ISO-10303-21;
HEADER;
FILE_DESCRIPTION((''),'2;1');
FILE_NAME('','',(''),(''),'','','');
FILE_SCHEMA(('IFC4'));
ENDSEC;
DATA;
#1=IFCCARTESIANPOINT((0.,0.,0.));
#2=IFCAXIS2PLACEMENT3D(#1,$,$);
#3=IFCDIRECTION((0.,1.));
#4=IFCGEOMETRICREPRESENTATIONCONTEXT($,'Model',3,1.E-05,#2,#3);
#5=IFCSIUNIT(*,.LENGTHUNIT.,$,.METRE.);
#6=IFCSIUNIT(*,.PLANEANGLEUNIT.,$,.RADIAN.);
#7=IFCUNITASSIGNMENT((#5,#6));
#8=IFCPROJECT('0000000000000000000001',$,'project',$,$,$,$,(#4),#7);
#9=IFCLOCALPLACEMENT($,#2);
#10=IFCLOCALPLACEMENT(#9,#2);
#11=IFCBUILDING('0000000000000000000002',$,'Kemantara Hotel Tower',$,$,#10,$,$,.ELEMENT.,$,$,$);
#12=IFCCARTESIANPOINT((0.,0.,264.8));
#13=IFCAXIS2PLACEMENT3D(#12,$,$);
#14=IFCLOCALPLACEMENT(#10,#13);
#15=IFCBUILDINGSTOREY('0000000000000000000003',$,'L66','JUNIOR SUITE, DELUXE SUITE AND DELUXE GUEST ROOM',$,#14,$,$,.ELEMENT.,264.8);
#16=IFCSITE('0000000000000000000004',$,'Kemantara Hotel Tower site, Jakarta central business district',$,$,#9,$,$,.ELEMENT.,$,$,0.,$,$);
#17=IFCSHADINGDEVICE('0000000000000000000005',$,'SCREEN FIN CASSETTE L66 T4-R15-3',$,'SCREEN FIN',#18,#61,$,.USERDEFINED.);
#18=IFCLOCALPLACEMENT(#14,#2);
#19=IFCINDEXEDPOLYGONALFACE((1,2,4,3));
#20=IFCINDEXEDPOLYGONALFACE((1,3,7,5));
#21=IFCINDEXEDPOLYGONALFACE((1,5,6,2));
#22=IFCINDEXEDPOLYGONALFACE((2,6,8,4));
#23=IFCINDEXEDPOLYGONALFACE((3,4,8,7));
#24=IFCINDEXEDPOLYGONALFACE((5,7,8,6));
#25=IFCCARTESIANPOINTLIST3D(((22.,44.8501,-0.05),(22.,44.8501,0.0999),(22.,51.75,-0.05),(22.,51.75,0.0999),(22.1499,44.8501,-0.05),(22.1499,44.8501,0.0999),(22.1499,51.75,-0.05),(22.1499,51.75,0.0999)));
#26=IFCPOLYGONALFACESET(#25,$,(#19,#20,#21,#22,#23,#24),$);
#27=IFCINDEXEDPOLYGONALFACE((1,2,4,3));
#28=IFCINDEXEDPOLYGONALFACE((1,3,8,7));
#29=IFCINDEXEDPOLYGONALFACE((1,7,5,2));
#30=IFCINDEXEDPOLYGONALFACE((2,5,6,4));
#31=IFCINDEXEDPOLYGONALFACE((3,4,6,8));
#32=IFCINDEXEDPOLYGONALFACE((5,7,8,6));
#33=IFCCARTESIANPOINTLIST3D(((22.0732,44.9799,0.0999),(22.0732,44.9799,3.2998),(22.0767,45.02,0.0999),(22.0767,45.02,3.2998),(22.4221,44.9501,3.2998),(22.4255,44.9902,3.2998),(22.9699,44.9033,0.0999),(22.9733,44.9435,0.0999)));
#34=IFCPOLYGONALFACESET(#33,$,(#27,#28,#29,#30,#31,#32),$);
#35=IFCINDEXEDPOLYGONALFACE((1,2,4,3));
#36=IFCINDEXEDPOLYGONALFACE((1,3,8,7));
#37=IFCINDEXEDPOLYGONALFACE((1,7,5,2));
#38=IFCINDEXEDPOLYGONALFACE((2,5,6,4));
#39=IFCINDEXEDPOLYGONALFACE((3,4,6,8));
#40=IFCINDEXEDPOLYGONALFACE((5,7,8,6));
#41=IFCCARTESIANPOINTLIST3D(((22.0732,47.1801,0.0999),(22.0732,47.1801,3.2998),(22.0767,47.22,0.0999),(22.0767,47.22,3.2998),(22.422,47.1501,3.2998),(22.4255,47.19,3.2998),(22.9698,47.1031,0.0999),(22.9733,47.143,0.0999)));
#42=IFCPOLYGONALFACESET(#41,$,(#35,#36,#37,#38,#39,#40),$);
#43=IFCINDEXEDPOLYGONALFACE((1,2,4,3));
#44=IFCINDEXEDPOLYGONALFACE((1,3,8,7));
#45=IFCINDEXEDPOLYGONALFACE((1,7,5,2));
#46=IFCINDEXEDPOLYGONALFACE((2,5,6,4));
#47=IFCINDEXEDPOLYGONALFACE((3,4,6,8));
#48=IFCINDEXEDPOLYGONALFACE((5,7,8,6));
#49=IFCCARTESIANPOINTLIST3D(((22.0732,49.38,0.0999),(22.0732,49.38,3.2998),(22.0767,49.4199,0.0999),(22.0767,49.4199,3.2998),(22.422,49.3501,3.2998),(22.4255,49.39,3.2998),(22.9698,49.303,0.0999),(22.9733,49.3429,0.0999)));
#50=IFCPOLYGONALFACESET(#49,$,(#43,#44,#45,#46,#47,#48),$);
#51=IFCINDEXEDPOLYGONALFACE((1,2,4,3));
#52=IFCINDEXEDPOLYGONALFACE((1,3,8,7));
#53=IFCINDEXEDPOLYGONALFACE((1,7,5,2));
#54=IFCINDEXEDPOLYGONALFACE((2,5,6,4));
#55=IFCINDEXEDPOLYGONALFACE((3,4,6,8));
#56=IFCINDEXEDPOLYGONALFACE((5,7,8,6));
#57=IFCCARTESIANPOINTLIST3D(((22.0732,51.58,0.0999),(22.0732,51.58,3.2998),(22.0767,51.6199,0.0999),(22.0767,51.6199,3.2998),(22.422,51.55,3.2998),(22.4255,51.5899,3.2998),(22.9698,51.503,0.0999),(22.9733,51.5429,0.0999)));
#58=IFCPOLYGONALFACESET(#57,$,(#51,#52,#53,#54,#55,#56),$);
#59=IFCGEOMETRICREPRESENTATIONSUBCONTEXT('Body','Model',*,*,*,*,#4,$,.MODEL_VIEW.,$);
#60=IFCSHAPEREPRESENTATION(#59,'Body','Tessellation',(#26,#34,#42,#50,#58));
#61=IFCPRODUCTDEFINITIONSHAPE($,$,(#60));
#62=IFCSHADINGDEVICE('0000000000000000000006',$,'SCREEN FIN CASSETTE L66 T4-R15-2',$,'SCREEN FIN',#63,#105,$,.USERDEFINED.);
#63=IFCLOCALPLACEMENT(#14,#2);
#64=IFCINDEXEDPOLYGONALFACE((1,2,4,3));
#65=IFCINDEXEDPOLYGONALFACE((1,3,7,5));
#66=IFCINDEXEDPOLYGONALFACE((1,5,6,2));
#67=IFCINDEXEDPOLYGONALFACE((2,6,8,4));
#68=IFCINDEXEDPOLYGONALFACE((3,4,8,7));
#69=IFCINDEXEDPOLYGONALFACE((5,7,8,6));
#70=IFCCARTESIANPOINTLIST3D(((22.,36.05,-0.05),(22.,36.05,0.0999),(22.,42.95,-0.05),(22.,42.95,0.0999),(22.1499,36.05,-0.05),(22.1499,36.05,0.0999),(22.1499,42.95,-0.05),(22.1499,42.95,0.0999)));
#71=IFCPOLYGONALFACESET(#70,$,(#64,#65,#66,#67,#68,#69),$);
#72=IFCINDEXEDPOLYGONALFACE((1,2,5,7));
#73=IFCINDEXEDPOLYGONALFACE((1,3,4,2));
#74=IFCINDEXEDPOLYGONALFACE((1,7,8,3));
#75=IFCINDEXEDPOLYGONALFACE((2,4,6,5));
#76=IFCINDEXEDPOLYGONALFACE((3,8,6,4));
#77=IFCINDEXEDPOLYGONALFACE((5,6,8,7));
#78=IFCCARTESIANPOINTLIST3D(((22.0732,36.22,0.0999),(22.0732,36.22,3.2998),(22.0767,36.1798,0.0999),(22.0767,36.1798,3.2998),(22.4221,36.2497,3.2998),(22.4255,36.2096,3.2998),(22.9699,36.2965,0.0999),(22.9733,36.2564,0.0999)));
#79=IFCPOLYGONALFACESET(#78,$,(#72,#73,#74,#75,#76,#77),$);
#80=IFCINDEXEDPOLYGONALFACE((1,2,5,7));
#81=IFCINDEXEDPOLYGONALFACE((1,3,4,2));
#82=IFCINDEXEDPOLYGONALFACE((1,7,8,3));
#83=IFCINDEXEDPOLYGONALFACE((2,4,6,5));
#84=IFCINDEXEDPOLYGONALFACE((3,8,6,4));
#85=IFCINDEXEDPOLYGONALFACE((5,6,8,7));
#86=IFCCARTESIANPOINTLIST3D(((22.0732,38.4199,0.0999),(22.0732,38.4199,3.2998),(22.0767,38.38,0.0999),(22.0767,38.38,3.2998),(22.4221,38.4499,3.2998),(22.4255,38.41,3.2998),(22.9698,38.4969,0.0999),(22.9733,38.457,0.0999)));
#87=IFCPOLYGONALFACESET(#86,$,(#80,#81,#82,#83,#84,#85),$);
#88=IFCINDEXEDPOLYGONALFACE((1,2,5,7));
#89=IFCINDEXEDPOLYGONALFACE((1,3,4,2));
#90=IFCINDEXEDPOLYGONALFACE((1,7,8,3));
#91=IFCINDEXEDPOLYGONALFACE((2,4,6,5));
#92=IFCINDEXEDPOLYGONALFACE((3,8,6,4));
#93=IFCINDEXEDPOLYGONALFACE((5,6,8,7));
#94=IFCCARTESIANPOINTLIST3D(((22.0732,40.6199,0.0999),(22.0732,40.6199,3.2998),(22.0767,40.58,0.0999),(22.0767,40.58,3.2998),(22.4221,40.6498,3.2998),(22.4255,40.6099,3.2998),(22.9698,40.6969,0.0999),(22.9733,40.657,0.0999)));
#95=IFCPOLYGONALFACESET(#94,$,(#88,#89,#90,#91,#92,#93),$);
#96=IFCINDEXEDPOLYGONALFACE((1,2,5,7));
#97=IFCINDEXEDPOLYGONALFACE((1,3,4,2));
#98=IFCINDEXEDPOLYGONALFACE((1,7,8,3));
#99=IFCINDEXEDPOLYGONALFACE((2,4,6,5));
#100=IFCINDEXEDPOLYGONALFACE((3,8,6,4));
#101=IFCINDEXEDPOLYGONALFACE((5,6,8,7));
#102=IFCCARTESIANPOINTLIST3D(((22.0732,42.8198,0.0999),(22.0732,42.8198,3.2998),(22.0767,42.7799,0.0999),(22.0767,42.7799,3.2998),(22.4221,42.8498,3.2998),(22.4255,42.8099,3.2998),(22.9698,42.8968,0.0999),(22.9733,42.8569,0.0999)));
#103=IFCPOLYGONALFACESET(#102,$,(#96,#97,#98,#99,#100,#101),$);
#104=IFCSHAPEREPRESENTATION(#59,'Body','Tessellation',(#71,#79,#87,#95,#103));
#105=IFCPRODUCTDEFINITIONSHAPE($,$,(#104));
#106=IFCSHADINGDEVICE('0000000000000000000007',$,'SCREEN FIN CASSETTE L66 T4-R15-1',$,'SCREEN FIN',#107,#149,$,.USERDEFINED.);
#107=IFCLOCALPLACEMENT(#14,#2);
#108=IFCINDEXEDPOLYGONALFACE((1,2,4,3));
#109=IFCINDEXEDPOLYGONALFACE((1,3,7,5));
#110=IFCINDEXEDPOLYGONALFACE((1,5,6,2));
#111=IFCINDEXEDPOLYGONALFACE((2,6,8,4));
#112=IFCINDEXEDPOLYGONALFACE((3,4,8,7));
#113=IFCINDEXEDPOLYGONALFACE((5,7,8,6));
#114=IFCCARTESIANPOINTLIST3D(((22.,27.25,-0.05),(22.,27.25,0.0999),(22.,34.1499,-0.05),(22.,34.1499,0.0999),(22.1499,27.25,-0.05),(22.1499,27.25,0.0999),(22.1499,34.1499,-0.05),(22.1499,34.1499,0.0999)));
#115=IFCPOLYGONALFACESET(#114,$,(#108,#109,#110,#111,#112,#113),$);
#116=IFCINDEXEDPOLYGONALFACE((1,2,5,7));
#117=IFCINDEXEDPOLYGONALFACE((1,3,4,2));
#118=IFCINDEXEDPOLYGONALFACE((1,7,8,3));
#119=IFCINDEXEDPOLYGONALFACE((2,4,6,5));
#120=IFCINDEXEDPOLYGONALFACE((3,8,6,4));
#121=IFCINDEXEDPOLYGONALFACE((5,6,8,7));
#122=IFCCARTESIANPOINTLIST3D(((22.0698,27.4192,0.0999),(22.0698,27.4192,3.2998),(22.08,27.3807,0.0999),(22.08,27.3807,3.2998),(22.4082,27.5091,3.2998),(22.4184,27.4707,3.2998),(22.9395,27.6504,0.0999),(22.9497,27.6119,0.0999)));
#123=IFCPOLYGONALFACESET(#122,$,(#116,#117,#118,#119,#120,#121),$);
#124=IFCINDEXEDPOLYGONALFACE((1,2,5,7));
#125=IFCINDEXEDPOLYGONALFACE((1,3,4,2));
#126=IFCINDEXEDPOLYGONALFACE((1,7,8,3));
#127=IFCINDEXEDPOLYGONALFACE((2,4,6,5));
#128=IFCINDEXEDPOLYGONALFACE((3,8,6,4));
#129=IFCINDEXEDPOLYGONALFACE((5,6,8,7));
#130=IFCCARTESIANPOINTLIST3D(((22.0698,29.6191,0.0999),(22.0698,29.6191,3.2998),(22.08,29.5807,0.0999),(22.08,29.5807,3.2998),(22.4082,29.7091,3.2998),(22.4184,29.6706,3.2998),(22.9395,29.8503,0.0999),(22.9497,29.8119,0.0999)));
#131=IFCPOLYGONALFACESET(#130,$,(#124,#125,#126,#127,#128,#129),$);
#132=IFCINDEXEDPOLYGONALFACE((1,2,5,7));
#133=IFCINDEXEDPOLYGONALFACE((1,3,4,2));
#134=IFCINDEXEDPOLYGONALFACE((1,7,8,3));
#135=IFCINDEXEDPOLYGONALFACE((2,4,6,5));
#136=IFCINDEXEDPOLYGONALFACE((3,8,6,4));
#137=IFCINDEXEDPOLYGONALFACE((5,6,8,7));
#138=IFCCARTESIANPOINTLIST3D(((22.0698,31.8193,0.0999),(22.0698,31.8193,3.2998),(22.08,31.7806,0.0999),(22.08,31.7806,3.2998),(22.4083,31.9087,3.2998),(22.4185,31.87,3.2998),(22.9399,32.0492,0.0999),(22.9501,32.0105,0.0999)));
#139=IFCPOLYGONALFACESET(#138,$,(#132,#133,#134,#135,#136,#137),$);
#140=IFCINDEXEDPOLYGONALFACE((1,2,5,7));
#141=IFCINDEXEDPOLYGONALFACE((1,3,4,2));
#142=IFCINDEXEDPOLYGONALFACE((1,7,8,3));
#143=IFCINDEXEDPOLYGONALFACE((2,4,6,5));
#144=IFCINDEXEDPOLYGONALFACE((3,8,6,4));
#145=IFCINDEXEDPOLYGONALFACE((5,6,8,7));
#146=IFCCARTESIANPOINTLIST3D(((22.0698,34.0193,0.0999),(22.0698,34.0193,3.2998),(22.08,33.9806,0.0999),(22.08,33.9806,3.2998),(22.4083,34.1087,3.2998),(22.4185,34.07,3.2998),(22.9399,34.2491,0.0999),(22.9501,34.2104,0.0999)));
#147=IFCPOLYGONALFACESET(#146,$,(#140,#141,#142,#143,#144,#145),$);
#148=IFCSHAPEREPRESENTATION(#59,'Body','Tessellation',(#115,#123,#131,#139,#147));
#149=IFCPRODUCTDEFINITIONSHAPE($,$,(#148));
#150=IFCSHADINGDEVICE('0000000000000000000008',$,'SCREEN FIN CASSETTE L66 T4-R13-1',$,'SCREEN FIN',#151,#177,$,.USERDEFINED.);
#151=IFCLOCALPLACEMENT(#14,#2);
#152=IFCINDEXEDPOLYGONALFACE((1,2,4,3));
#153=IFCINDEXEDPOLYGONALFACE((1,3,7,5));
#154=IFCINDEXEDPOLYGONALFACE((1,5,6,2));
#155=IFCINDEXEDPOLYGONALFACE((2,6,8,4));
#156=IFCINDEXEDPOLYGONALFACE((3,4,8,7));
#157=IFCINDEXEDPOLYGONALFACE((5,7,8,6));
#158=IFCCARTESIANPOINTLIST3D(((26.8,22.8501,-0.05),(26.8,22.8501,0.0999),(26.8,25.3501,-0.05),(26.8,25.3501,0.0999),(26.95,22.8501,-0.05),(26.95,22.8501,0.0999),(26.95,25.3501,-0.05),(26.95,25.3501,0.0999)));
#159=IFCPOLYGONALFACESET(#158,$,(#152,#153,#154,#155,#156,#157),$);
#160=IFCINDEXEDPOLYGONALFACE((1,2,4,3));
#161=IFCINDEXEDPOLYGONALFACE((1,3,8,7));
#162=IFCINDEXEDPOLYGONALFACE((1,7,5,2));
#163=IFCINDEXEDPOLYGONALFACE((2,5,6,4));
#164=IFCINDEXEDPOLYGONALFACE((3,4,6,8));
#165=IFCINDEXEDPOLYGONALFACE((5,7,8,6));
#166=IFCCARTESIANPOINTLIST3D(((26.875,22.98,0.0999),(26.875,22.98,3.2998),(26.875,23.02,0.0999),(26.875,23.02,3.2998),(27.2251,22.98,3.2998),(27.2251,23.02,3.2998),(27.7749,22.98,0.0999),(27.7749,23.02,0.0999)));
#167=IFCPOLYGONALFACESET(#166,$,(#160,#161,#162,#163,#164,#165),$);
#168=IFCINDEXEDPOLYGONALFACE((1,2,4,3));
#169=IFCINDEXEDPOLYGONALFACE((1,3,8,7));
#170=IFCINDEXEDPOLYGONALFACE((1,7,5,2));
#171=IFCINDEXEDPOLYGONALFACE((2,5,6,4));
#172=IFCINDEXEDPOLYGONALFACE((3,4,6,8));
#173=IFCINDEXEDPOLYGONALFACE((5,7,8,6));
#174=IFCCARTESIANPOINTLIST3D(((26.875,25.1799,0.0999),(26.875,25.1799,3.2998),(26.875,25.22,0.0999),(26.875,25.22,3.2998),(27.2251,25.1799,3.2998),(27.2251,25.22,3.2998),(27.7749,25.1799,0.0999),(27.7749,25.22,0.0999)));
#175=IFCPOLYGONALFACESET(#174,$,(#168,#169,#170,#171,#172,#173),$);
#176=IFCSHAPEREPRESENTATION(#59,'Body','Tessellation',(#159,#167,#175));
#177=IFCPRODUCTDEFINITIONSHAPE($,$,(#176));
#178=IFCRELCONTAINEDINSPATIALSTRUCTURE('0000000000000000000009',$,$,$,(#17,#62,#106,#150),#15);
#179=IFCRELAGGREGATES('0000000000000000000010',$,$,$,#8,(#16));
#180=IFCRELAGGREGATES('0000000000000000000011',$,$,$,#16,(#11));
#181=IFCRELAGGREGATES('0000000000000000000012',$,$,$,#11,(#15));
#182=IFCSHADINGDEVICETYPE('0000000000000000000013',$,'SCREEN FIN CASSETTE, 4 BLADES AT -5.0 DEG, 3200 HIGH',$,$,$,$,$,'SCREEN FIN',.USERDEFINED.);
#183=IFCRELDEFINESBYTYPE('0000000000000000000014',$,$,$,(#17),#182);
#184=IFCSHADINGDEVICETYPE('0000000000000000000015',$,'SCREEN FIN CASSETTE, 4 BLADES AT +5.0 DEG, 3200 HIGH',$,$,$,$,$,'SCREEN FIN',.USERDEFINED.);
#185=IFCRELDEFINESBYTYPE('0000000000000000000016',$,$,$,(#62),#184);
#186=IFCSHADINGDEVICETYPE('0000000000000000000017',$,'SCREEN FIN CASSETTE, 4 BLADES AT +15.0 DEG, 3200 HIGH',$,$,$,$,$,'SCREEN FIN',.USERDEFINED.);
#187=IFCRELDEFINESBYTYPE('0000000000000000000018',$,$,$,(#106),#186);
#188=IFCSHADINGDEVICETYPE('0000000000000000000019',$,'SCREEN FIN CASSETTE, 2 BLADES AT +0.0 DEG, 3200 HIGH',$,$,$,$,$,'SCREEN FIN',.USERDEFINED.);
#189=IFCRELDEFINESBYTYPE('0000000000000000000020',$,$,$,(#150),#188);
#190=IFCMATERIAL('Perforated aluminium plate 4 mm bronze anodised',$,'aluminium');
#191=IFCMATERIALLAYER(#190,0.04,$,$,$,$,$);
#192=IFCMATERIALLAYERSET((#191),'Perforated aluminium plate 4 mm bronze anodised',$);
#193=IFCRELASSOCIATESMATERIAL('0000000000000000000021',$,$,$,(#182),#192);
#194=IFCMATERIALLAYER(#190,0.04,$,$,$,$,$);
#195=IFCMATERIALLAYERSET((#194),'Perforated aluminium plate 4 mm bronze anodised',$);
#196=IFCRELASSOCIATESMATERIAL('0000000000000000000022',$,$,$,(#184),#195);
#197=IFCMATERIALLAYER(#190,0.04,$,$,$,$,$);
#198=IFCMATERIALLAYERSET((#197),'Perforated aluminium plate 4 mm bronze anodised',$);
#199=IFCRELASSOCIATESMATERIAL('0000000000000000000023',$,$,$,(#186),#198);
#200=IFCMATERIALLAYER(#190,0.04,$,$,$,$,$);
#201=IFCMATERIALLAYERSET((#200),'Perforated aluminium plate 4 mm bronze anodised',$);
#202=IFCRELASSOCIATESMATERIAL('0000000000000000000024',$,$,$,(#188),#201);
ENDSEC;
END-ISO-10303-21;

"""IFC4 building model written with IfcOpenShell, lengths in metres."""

from ifc_helpers import new_model, si_unit, direction, frame, origin, origin_2d, place, context, subcontext, project, spatial, polyline, rectangle, outline, extrude, source, transform, mapped, material, layer, layer_set, type_object, element, save


model = new_model("IFC4")

# Units and contexts
model_context = context("Model", 3, precision=1e-05, world=origin(), true_north=direction((0.0, 1.0)))
body_context = subcontext(model_context, "Body", "Model", "MODEL_VIEW")
ifc_project = project(units=[si_unit("LENGTHUNIT", "METRE"), si_unit("PLANEANGLEUNIT", "RADIAN")], contexts=[model_context])

# Site, building, storey
site_placement = place(None, origin())
site = spatial("IfcSite", under=ifc_project, at=site_placement, Name="Kemantara Hotel Tower site, Jakarta central business district", CompositionType="ELEMENT", RefElevation=0.0)
building_placement = place(site_placement, origin())
building = spatial("IfcBuilding", under=site, at=building_placement, Name="Kemantara Hotel Tower", CompositionType="ELEMENT")
storey_placement = place(building_placement, frame((0.0, 0.0, 264.8)))
storey = spatial("IfcBuildingStorey", under=building, at=storey_placement, Name="L66", Description="JUNIOR SUITE, DELUXE SUITE AND DELUXE GUEST ROOM", CompositionType="ELEMENT", Elevation=264.8)

# Shading devices
ifc_material_1 = material(Name="Perforated aluminium plate 4 mm bronze anodised", Category="aluminium")
ifc_layer_1 = layer(ifc_material_1, 0.04)
ifc_layer_set_1 = layer_set([ifc_layer_1], Name="Perforated aluminium plate 4 mm bronze anodised")
shading_device_type_1 = type_object("IfcShadingDeviceType", Name="SCREEN FIN CASSETTE, 4 BLADES AT -5.0 DEG, 3200 HIGH", ElementType="SCREEN FIN", PredefinedType="USERDEFINED", material=ifc_layer_set_1)
shared_shape_1 = source(origin(), body_context, "Body", "SweptSolid", [
    extrude(rectangle(XDim=6.8999, YDim=0.1499, at=origin_2d()), frame((3.3, -0.075, -0.1499), z_axis=(0.0, 0.0, 1.0), x_axis=(1.0, 0.0, 0.0)), (0.0, 0.0, 1.0), 0.1499),
    extrude(outline(polyline([(0.0, 0.0), (0.8999, 0.0), (0.3501, 3.2), (0.0, 3.2), (0.0, 0.0)])), frame((0.02, -0.0767, 0.0), z_axis=(-0.996376, 0.085056, 0.0), x_axis=(-0.085056, -0.996376, 0.0)), (0.0, 0.0, 1.0), 0.0403),
    extrude(outline(polyline([(0.0, 0.0), (0.8999, 0.0), (0.3501, 3.2), (0.0, 3.2), (0.0, 0.0)])), frame((2.22, -0.0767, 0.0), z_axis=(-0.996332, 0.085575, 0.0), x_axis=(-0.085575, -0.996332, 0.0)), (0.0, 0.0, 1.0), 0.04),
    extrude(outline(polyline([(0.0, 0.0), (0.8999, 0.0), (0.3501, 3.2), (0.0, 3.2), (0.0, 0.0)])), frame((4.4199, -0.0767, 0.0), z_axis=(-0.996332, 0.085575, 0.0), x_axis=(-0.085575, -0.996332, 0.0)), (0.0, 0.0, 1.0), 0.04),
    extrude(outline(polyline([(0.0, 0.0), (0.8999, 0.0), (0.3501, 3.2), (0.0, 3.2), (0.0, 0.0)])), frame((6.6199, -0.0767, 0.0), z_axis=(-0.996332, 0.085575, 0.0), x_axis=(-0.085575, -0.996332, 0.0)), (0.0, 0.0, 1.0), 0.04),
])
shading_device_1_placement = place(storey_placement, frame((22.0, 45.0, 0.0999), z_axis=(0.0, 0.0, 1.0), x_axis=(0.0, 1.0, 0.0)))
element("IfcShadingDevice", 1, at=shading_device_1_placement, inside=storey, type_object=shading_device_type_1, Name="SCREEN FIN CASSETTE L66 T4-R15-3", ObjectType="SCREEN FIN", PredefinedType="USERDEFINED", context=body_context, shape_type="MappedRepresentation", body=[
    mapped(shared_shape_1, transform((0.0, 0.0, 0.0))),
])
ifc_layer_2 = layer(ifc_material_1, 0.04)
ifc_layer_set_2 = layer_set([ifc_layer_2], Name="Perforated aluminium plate 4 mm bronze anodised")
shading_device_type_2 = type_object("IfcShadingDeviceType", Name="SCREEN FIN CASSETTE, 4 BLADES AT +5.0 DEG, 3200 HIGH", ElementType="SCREEN FIN", PredefinedType="USERDEFINED", material=ifc_layer_set_2)
shared_shape_2 = source(origin(), body_context, "Body", "SweptSolid", [
    extrude(rectangle(XDim=6.8999, YDim=0.1499, at=origin_2d()), frame((3.3, -0.075, -0.1499), z_axis=(0.0, 0.0, 1.0), x_axis=(1.0, 0.0, 0.0)), (0.0, 0.0, 1.0), 0.1499),
    extrude(outline(polyline([(0.0, 0.0), (0.8999, 0.0), (0.3501, 3.2), (0.0, 3.2), (0.0, 0.0)])), frame((0.02, -0.0732, 0.0), z_axis=(-0.996376, -0.085056, 0.0), x_axis=(0.085056, -0.996376, 0.0)), (0.0, 0.0, 1.0), 0.0403),
    extrude(outline(polyline([(0.0, 0.0), (0.8999, 0.0), (0.3501, 3.2), (0.0, 3.2), (0.0, 0.0)])), frame((2.22, -0.0732, 0.0), z_axis=(-0.996332, -0.085575, 0.0), x_axis=(0.085575, -0.996332, 0.0)), (0.0, 0.0, 1.0), 0.04),
    extrude(outline(polyline([(0.0, 0.0), (0.8999, 0.0), (0.3501, 3.2), (0.0, 3.2), (0.0, 0.0)])), frame((4.4199, -0.0732, 0.0), z_axis=(-0.996332, -0.085575, 0.0), x_axis=(0.085575, -0.996332, 0.0)), (0.0, 0.0, 1.0), 0.04),
    extrude(outline(polyline([(0.0, 0.0), (0.8999, 0.0), (0.3501, 3.2), (0.0, 3.2), (0.0, 0.0)])), frame((6.6199, -0.0732, 0.0), z_axis=(-0.996332, -0.085575, 0.0), x_axis=(0.085575, -0.996332, 0.0)), (0.0, 0.0, 1.0), 0.04),
])
shading_device_2_placement = place(storey_placement, frame((22.0, 36.2, 0.0999), z_axis=(0.0, 0.0, 1.0), x_axis=(0.0, 1.0, 0.0)))
element("IfcShadingDevice", 2, at=shading_device_2_placement, inside=storey, type_object=shading_device_type_2, Name="SCREEN FIN CASSETTE L66 T4-R15-2", ObjectType="SCREEN FIN", PredefinedType="USERDEFINED", context=body_context, shape_type="MappedRepresentation", body=[
    mapped(shared_shape_2, transform((0.0, 0.0, 0.0))),
])
ifc_layer_3 = layer(ifc_material_1, 0.04)
ifc_layer_set_3 = layer_set([ifc_layer_3], Name="Perforated aluminium plate 4 mm bronze anodised")
shading_device_type_3 = type_object("IfcShadingDeviceType", Name="SCREEN FIN CASSETTE, 4 BLADES AT +15.0 DEG, 3200 HIGH", ElementType="SCREEN FIN", PredefinedType="USERDEFINED", material=ifc_layer_set_3)
shared_shape_3 = source(origin(), body_context, "Body", "SweptSolid", [
    extrude(rectangle(XDim=6.8999, YDim=0.1499, at=origin_2d()), frame((3.3, -0.075, -0.1499), z_axis=(0.0, 0.0, 1.0), x_axis=(1.0, 0.0, 0.0)), (0.0, 0.0, 1.0), 0.1499),
    extrude(outline(polyline([(0.0, 0.0), (0.8999, 0.0), (0.3501, 3.2), (0.0, 3.2), (0.0, 0.0)])), frame((0.0193, -0.0698, 0.0), z_axis=(-0.966438, -0.256901, 0.0), x_axis=(0.256901, -0.966438, 0.0)), (0.0, 0.0, 1.0), 0.0398),
    extrude(outline(polyline([(0.0, 0.0), (0.8999, 0.0), (0.3501, 3.2), (0.0, 3.2), (0.0, 0.0)])), frame((2.2192, -0.0698, 0.0), z_axis=(-0.966438, -0.256901, 0.0), x_axis=(0.256901, -0.966438, 0.0)), (0.0, 0.0, 1.0), 0.0398),
    extrude(outline(polyline([(0.0, 0.0), (0.8999, 0.0), (0.3501, 3.2), (0.0, 3.2), (0.0, 0.0)])), frame((4.4194, -0.0698, 0.0), z_axis=(-0.966838, -0.255391, 0.0), x_axis=(0.255391, -0.966838, 0.0)), (0.0, 0.0, 1.0), 0.04),
    extrude(outline(polyline([(0.0, 0.0), (0.8999, 0.0), (0.3501, 3.2), (0.0, 3.2), (0.0, 0.0)])), frame((6.6194, -0.0698, 0.0), z_axis=(-0.966838, -0.255391, 0.0), x_axis=(0.255391, -0.966838, 0.0)), (0.0, 0.0, 1.0), 0.04),
])
shading_device_3_placement = place(storey_placement, frame((22.0, 27.3999, 0.0999), z_axis=(0.0, 0.0, 1.0), x_axis=(0.0, 1.0, 0.0)))
element("IfcShadingDevice", 3, at=shading_device_3_placement, inside=storey, type_object=shading_device_type_3, Name="SCREEN FIN CASSETTE L66 T4-R15-1", ObjectType="SCREEN FIN", PredefinedType="USERDEFINED", context=body_context, shape_type="MappedRepresentation", body=[
    mapped(shared_shape_3, transform((0.0, 0.0, 0.0))),
])
ifc_layer_4 = layer(ifc_material_1, 0.04)
ifc_layer_set_4 = layer_set([ifc_layer_4], Name="Perforated aluminium plate 4 mm bronze anodised")
shading_device_type_4 = type_object("IfcShadingDeviceType", Name="SCREEN FIN CASSETTE, 2 BLADES AT +0.0 DEG, 3200 HIGH", ElementType="SCREEN FIN", PredefinedType="USERDEFINED", material=ifc_layer_set_4)
shared_shape_4 = source(origin(), body_context, "Body", "SweptSolid", [
    extrude(rectangle(XDim=2.5, YDim=0.1499, at=origin_2d()), frame((1.1001, -0.075, -0.1499), z_axis=(0.0, 0.0, 1.0), x_axis=(1.0, 0.0, 0.0)), (0.0, 0.0, 1.0), 0.1499),
    extrude(outline(polyline([(0.0, 0.0), (0.8999, 0.0), (0.3501, 3.2), (0.0, 3.2), (0.0, 0.0)])), frame((0.02, -0.075, 0.0), z_axis=(-1.0, 0.0, 0.0), x_axis=(0.0, -1.0, 0.0)), (0.0, 0.0, 1.0), 0.04),
    extrude(outline(polyline([(0.0, 0.0), (0.8999, 0.0), (0.3501, 3.2), (0.0, 3.2), (0.0, 0.0)])), frame((2.22, -0.075, 0.0), z_axis=(-1.0, 0.0, 0.0), x_axis=(0.0, -1.0, 0.0)), (0.0, 0.0, 1.0), 0.04),
])
for number, where, z_axis, x_axis, name in (
    (4, (26.8, 23.0, 0.0999), (0.0, 0.0, 1.0), (0.0, 1.0, 0.0), "SCREEN FIN CASSETTE L66 T4-R13-1"),
):
    element("IfcShadingDevice", number, at=place(storey_placement, frame(where, z_axis=z_axis, x_axis=x_axis)), inside=storey, type_object=shading_device_type_4, Name=name, ObjectType="SCREEN FIN", PredefinedType="USERDEFINED", context=body_context, shape_type="MappedRepresentation", body=[
        mapped(shared_shape_4, transform((0.0, 0.0, 0.0))),
    ])

save(model, "model.ifc")
